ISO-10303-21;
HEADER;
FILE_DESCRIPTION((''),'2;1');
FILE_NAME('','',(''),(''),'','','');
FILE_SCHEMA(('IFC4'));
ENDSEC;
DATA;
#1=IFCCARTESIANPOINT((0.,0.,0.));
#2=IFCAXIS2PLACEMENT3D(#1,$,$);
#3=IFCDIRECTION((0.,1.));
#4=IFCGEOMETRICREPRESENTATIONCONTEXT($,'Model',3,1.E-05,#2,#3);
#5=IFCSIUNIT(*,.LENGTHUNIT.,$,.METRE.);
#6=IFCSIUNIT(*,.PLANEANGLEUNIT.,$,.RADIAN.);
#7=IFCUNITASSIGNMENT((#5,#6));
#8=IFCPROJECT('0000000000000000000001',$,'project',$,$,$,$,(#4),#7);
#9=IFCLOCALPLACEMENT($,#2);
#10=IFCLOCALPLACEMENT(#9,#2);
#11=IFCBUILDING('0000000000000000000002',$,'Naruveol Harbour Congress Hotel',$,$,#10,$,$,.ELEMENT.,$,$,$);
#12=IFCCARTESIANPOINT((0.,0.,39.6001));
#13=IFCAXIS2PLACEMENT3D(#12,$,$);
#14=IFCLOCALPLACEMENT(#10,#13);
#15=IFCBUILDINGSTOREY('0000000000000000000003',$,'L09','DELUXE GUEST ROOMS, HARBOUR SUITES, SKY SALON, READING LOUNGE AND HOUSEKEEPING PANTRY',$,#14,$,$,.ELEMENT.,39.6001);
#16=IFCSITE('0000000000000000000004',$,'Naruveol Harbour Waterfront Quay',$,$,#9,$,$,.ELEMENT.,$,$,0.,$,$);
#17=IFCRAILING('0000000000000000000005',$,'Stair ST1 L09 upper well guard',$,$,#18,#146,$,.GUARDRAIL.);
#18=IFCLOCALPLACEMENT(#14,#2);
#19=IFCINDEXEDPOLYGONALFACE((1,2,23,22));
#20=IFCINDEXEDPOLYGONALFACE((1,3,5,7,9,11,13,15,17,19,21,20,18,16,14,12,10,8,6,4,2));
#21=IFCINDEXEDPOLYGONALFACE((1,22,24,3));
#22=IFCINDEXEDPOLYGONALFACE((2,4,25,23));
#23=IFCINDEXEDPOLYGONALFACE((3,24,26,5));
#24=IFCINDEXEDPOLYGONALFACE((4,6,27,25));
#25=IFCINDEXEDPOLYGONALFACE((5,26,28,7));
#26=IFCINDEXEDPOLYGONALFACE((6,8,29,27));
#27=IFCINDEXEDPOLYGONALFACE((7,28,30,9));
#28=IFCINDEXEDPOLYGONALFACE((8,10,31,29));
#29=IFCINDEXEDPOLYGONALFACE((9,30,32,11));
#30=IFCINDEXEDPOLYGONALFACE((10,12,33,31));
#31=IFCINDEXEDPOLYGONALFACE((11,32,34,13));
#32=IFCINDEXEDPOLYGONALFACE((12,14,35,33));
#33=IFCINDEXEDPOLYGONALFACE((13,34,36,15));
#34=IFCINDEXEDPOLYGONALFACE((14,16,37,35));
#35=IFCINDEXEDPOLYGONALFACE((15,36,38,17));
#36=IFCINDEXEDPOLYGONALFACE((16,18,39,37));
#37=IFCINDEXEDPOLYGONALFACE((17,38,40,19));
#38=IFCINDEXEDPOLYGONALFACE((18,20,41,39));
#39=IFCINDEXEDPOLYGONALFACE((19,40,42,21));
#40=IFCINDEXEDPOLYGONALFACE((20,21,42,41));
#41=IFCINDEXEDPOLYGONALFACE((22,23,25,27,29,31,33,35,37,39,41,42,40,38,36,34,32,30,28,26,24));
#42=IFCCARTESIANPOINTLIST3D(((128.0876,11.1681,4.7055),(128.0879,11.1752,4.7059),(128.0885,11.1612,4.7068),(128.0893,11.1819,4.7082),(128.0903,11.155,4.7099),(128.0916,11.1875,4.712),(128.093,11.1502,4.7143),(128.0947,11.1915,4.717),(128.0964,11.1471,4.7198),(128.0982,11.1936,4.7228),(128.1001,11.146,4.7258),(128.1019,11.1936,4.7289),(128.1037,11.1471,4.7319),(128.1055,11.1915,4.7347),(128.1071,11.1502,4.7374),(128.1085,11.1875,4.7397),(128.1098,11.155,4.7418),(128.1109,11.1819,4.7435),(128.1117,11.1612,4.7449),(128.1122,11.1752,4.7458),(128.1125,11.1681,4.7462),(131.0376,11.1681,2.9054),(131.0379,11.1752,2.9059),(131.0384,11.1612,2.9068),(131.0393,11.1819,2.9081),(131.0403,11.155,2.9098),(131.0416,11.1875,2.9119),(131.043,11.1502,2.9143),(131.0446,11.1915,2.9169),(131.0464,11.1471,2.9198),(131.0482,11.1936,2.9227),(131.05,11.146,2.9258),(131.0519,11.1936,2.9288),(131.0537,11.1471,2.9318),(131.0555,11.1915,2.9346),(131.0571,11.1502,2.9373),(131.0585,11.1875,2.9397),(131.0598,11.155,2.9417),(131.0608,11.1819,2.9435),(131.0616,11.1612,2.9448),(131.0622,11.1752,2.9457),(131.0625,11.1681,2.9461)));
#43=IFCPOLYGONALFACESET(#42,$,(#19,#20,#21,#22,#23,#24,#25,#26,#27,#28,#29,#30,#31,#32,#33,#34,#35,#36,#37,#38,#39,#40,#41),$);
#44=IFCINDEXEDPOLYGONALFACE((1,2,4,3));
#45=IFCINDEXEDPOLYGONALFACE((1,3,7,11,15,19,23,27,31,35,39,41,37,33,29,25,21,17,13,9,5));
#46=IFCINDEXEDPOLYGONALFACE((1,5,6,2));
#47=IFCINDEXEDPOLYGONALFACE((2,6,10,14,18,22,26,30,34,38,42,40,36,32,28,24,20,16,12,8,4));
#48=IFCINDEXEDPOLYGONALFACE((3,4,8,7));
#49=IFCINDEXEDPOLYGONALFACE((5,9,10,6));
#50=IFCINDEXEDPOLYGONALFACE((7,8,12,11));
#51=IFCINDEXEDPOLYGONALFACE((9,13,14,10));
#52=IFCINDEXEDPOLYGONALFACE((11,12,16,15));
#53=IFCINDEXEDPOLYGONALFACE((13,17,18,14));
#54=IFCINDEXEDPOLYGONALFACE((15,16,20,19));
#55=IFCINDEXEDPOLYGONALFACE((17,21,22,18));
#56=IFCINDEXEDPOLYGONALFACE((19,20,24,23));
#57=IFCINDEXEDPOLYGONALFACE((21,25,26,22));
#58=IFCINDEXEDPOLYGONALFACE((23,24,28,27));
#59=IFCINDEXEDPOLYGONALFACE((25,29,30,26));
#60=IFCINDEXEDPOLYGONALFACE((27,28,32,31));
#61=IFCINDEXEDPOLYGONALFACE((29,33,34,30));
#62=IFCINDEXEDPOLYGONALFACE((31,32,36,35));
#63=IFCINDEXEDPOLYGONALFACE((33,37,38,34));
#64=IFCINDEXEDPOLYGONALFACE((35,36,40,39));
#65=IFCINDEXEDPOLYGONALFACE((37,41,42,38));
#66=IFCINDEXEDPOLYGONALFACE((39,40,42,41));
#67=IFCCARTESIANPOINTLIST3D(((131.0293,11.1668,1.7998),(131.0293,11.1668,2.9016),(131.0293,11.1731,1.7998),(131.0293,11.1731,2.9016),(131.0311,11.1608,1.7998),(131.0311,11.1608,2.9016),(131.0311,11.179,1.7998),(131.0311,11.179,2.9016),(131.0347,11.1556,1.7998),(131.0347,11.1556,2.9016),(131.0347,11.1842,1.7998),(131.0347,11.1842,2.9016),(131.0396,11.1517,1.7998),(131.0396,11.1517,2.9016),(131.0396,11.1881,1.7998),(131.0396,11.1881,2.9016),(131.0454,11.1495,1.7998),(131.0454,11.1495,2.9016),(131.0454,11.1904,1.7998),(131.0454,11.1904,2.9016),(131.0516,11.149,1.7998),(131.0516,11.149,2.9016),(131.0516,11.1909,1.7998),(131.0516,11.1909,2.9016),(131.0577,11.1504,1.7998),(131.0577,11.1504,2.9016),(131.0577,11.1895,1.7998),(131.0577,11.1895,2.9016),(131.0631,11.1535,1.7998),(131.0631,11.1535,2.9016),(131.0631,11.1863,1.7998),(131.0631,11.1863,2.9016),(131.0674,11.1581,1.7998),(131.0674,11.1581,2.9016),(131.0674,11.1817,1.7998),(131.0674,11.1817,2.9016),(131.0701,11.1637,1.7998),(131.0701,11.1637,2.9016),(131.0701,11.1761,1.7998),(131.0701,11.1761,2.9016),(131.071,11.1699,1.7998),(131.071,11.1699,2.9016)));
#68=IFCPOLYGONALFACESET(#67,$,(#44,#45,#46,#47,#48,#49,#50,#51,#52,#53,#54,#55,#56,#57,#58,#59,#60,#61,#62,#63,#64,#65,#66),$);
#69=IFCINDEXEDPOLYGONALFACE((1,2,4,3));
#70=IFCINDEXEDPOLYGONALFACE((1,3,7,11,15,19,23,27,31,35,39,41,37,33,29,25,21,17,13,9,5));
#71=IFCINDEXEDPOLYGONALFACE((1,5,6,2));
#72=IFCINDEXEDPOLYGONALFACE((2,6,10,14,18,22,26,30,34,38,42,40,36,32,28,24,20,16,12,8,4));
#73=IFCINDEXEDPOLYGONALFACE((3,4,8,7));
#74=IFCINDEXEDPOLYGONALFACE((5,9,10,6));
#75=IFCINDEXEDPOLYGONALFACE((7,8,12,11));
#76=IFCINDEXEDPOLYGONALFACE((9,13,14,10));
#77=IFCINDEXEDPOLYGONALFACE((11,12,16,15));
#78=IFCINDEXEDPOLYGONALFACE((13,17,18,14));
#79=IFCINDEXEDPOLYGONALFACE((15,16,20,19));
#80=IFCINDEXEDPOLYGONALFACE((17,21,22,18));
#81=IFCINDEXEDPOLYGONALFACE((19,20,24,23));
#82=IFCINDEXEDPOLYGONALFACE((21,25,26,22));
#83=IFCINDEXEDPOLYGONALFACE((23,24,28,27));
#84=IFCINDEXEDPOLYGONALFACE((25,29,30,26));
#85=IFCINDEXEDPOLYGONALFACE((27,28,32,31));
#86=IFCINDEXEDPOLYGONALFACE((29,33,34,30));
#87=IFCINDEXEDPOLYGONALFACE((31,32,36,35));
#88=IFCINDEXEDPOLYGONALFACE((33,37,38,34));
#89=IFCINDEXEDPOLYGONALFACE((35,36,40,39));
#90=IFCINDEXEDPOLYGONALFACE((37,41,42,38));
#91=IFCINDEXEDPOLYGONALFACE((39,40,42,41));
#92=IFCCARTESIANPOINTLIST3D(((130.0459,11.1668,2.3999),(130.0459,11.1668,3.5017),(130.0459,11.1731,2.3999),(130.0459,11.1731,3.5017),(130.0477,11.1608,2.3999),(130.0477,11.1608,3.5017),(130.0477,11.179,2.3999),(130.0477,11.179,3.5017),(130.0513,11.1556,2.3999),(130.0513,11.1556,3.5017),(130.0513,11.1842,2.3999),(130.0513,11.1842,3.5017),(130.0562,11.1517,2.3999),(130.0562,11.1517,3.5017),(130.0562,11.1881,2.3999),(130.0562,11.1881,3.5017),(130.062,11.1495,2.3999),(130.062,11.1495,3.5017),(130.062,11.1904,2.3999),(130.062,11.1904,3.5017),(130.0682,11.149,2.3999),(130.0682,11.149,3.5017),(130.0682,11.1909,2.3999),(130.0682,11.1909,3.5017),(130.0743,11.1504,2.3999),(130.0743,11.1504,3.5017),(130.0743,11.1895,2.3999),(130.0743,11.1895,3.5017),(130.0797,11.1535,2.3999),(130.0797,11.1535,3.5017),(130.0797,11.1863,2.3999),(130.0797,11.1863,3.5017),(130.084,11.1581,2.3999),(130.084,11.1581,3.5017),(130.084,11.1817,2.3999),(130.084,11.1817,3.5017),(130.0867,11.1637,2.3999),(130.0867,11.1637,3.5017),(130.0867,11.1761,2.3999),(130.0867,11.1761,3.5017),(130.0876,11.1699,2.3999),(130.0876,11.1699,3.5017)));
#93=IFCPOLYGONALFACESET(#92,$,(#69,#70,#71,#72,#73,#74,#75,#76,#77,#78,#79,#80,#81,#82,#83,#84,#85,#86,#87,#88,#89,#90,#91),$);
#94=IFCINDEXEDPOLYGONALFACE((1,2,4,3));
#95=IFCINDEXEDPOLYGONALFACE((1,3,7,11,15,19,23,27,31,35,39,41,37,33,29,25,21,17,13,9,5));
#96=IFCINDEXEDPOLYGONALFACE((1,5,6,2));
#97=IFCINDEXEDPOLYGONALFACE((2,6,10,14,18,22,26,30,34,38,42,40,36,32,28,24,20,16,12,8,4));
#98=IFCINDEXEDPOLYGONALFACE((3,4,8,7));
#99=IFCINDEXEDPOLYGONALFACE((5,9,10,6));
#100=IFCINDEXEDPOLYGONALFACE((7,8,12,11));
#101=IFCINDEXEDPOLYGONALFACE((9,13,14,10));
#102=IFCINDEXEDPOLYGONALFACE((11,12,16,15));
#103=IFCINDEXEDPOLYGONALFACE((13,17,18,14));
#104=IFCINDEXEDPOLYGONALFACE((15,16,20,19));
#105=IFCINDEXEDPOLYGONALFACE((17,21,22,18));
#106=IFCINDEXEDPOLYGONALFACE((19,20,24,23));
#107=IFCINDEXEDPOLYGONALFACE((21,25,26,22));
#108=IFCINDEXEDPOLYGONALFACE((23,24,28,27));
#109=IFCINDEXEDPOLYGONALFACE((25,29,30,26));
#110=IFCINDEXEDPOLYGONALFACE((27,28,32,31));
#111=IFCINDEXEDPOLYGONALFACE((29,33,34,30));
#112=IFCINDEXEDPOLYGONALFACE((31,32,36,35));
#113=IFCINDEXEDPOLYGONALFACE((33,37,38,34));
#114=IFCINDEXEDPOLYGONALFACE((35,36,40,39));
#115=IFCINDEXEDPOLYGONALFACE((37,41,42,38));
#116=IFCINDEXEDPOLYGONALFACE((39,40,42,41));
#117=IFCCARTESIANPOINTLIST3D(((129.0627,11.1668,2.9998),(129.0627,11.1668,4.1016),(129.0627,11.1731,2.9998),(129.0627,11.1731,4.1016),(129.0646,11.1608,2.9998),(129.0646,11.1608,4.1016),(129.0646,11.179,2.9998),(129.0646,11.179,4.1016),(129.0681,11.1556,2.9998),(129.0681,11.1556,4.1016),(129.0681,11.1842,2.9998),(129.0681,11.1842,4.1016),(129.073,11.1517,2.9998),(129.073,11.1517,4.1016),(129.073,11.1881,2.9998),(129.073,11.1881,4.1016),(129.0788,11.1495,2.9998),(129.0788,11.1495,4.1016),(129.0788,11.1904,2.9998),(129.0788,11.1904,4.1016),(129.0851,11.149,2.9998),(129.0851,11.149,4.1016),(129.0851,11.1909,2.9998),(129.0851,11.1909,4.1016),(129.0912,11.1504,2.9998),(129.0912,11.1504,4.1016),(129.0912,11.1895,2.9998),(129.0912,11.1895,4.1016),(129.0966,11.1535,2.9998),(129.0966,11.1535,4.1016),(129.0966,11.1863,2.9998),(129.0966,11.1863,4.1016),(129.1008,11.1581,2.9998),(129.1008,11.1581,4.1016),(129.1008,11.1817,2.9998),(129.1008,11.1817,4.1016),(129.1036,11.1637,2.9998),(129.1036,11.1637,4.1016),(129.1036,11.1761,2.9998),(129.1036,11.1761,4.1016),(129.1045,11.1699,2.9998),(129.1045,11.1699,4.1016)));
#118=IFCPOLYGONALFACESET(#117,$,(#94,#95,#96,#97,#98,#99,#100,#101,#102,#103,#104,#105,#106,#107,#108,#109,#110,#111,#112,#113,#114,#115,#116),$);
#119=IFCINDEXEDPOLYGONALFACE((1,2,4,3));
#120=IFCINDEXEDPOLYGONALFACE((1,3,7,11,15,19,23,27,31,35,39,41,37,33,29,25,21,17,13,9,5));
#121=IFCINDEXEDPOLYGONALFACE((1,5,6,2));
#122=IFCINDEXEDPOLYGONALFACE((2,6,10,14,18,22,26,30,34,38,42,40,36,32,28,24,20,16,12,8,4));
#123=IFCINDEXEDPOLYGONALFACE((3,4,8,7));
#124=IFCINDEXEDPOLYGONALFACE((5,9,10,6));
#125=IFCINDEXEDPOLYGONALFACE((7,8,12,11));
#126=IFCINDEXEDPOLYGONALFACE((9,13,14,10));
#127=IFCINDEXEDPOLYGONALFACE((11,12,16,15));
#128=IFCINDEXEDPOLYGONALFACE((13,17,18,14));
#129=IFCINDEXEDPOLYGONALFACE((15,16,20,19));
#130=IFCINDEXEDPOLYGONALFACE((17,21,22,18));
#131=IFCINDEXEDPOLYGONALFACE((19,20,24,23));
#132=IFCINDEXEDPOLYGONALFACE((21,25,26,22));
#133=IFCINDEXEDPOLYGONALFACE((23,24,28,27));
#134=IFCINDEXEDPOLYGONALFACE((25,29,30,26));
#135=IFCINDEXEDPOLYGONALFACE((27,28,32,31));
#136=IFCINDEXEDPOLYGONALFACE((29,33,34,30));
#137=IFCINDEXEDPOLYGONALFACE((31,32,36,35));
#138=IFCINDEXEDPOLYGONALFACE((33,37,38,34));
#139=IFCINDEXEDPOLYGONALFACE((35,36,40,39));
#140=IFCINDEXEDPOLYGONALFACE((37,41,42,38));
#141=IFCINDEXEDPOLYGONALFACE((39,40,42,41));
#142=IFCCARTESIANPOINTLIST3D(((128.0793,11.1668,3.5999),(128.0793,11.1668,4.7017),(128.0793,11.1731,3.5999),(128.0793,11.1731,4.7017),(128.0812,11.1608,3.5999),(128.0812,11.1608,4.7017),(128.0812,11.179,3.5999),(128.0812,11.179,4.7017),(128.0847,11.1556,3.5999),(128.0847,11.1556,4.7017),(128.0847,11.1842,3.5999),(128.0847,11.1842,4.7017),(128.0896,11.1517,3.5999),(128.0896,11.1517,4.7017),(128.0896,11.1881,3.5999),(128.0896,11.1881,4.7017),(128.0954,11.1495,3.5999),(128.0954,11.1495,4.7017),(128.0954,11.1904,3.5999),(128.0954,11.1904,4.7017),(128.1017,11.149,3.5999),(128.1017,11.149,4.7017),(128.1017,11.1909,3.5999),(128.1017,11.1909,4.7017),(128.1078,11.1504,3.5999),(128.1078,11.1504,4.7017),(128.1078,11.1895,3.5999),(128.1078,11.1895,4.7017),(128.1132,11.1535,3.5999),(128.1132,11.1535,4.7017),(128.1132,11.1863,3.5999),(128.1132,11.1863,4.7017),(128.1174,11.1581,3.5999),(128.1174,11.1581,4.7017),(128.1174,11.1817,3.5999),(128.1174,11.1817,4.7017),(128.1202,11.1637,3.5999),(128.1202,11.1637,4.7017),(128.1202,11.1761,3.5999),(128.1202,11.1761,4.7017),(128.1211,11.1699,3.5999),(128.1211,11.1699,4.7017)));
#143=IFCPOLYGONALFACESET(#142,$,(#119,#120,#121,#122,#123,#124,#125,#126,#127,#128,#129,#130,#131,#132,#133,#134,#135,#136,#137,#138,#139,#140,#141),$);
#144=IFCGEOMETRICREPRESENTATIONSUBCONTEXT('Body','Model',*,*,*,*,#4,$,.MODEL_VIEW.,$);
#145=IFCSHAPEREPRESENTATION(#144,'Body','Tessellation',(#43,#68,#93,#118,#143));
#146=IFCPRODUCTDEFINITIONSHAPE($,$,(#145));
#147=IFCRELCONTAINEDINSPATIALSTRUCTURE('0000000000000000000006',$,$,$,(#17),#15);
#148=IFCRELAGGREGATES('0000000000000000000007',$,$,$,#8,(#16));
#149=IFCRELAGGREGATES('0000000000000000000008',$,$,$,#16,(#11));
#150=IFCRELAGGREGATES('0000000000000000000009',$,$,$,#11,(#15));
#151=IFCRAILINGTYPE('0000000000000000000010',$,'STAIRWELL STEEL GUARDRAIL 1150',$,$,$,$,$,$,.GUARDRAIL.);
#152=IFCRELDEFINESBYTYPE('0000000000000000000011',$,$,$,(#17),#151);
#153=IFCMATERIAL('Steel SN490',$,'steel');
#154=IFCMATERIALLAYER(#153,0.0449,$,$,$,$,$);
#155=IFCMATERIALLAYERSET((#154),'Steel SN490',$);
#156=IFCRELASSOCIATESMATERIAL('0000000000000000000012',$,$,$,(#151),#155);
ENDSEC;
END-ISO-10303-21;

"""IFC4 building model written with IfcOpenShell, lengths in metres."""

from ifc_helpers import new_model, si_unit, direction, frame, origin, origin_2d, place, context, subcontext, project, spatial, circle, extrude, material, layer, layer_set, type_object, element, save


model = new_model("IFC4")

# Units and contexts
model_context = context("Model", 3, precision=1e-05, world=origin(), true_north=direction((0.0, 1.0)))
body_context = subcontext(model_context, "Body", "Model", "MODEL_VIEW")
ifc_project = project(units=[si_unit("LENGTHUNIT", "METRE"), si_unit("PLANEANGLEUNIT", "RADIAN")], contexts=[model_context])

# Site, building, storey
site_placement = place(None, origin())
site = spatial("IfcSite", under=ifc_project, at=site_placement, Name="Naruveol Harbour Waterfront Quay", CompositionType="ELEMENT", RefElevation=0.0)
building_placement = place(site_placement, origin())
building = spatial("IfcBuilding", under=site, at=building_placement, Name="Naruveol Harbour Congress Hotel", CompositionType="ELEMENT")
storey_placement = place(building_placement, frame((0.0, 0.0, 39.6001)))
storey = spatial("IfcBuildingStorey", under=building, at=storey_placement, Name="L09", Description="DELUXE GUEST ROOMS, HARBOUR SUITES, SKY SALON, READING LOUNGE AND HOUSEKEEPING PANTRY", CompositionType="ELEMENT", Elevation=39.6001)

# Railing
ifc_material_1 = material(Name="Steel SN490", Category="steel")
ifc_layer_1 = layer(ifc_material_1, 0.0449)
ifc_layer_set_1 = layer_set([ifc_layer_1], Name="Steel SN490")
railing_type_1 = type_object("IfcRailingType", Name="STAIRWELL STEEL GUARDRAIL 1150", PredefinedType="GUARDRAIL", material=ifc_layer_set_1)
railing_1_placement = place(storey_placement, frame((131.05, 11.1699, 1.7998)))
element("IfcRailing", 1, at=railing_1_placement, inside=storey, type_object=railing_type_1, Name="Stair ST1 L09 upper well guard", PredefinedType="GUARDRAIL", context=body_context, shape_type="SweptSolid", body=[
    extrude(circle(Radius=0.0239, at=origin_2d()), frame((0.0, 0.0, 1.126), z_axis=(-0.853629, 0.0, 0.520881), x_axis=(0.0, -1.0, 0.0)), (0.0, 0.0, 1.0), 3.4558),
    extrude(circle(Radius=0.021, at=origin_2d()), origin(), (0.0, 0.0, 1.0), 1.1018),
    extrude(circle(Radius=0.021, at=origin_2d()), frame((-0.9834, 0.0, 0.6001)), (0.0, 0.0, 1.0), 1.1018),
    extrude(circle(Radius=0.021, at=origin_2d()), frame((-1.9666, 0.0, 1.2)), (0.0, 0.0, 1.0), 1.1018),
    extrude(circle(Radius=0.021, at=origin_2d()), frame((-2.95, 0.0, 1.8)), (0.0, 0.0, 1.0), 1.1018),
])

save(model, "model.ifc")
